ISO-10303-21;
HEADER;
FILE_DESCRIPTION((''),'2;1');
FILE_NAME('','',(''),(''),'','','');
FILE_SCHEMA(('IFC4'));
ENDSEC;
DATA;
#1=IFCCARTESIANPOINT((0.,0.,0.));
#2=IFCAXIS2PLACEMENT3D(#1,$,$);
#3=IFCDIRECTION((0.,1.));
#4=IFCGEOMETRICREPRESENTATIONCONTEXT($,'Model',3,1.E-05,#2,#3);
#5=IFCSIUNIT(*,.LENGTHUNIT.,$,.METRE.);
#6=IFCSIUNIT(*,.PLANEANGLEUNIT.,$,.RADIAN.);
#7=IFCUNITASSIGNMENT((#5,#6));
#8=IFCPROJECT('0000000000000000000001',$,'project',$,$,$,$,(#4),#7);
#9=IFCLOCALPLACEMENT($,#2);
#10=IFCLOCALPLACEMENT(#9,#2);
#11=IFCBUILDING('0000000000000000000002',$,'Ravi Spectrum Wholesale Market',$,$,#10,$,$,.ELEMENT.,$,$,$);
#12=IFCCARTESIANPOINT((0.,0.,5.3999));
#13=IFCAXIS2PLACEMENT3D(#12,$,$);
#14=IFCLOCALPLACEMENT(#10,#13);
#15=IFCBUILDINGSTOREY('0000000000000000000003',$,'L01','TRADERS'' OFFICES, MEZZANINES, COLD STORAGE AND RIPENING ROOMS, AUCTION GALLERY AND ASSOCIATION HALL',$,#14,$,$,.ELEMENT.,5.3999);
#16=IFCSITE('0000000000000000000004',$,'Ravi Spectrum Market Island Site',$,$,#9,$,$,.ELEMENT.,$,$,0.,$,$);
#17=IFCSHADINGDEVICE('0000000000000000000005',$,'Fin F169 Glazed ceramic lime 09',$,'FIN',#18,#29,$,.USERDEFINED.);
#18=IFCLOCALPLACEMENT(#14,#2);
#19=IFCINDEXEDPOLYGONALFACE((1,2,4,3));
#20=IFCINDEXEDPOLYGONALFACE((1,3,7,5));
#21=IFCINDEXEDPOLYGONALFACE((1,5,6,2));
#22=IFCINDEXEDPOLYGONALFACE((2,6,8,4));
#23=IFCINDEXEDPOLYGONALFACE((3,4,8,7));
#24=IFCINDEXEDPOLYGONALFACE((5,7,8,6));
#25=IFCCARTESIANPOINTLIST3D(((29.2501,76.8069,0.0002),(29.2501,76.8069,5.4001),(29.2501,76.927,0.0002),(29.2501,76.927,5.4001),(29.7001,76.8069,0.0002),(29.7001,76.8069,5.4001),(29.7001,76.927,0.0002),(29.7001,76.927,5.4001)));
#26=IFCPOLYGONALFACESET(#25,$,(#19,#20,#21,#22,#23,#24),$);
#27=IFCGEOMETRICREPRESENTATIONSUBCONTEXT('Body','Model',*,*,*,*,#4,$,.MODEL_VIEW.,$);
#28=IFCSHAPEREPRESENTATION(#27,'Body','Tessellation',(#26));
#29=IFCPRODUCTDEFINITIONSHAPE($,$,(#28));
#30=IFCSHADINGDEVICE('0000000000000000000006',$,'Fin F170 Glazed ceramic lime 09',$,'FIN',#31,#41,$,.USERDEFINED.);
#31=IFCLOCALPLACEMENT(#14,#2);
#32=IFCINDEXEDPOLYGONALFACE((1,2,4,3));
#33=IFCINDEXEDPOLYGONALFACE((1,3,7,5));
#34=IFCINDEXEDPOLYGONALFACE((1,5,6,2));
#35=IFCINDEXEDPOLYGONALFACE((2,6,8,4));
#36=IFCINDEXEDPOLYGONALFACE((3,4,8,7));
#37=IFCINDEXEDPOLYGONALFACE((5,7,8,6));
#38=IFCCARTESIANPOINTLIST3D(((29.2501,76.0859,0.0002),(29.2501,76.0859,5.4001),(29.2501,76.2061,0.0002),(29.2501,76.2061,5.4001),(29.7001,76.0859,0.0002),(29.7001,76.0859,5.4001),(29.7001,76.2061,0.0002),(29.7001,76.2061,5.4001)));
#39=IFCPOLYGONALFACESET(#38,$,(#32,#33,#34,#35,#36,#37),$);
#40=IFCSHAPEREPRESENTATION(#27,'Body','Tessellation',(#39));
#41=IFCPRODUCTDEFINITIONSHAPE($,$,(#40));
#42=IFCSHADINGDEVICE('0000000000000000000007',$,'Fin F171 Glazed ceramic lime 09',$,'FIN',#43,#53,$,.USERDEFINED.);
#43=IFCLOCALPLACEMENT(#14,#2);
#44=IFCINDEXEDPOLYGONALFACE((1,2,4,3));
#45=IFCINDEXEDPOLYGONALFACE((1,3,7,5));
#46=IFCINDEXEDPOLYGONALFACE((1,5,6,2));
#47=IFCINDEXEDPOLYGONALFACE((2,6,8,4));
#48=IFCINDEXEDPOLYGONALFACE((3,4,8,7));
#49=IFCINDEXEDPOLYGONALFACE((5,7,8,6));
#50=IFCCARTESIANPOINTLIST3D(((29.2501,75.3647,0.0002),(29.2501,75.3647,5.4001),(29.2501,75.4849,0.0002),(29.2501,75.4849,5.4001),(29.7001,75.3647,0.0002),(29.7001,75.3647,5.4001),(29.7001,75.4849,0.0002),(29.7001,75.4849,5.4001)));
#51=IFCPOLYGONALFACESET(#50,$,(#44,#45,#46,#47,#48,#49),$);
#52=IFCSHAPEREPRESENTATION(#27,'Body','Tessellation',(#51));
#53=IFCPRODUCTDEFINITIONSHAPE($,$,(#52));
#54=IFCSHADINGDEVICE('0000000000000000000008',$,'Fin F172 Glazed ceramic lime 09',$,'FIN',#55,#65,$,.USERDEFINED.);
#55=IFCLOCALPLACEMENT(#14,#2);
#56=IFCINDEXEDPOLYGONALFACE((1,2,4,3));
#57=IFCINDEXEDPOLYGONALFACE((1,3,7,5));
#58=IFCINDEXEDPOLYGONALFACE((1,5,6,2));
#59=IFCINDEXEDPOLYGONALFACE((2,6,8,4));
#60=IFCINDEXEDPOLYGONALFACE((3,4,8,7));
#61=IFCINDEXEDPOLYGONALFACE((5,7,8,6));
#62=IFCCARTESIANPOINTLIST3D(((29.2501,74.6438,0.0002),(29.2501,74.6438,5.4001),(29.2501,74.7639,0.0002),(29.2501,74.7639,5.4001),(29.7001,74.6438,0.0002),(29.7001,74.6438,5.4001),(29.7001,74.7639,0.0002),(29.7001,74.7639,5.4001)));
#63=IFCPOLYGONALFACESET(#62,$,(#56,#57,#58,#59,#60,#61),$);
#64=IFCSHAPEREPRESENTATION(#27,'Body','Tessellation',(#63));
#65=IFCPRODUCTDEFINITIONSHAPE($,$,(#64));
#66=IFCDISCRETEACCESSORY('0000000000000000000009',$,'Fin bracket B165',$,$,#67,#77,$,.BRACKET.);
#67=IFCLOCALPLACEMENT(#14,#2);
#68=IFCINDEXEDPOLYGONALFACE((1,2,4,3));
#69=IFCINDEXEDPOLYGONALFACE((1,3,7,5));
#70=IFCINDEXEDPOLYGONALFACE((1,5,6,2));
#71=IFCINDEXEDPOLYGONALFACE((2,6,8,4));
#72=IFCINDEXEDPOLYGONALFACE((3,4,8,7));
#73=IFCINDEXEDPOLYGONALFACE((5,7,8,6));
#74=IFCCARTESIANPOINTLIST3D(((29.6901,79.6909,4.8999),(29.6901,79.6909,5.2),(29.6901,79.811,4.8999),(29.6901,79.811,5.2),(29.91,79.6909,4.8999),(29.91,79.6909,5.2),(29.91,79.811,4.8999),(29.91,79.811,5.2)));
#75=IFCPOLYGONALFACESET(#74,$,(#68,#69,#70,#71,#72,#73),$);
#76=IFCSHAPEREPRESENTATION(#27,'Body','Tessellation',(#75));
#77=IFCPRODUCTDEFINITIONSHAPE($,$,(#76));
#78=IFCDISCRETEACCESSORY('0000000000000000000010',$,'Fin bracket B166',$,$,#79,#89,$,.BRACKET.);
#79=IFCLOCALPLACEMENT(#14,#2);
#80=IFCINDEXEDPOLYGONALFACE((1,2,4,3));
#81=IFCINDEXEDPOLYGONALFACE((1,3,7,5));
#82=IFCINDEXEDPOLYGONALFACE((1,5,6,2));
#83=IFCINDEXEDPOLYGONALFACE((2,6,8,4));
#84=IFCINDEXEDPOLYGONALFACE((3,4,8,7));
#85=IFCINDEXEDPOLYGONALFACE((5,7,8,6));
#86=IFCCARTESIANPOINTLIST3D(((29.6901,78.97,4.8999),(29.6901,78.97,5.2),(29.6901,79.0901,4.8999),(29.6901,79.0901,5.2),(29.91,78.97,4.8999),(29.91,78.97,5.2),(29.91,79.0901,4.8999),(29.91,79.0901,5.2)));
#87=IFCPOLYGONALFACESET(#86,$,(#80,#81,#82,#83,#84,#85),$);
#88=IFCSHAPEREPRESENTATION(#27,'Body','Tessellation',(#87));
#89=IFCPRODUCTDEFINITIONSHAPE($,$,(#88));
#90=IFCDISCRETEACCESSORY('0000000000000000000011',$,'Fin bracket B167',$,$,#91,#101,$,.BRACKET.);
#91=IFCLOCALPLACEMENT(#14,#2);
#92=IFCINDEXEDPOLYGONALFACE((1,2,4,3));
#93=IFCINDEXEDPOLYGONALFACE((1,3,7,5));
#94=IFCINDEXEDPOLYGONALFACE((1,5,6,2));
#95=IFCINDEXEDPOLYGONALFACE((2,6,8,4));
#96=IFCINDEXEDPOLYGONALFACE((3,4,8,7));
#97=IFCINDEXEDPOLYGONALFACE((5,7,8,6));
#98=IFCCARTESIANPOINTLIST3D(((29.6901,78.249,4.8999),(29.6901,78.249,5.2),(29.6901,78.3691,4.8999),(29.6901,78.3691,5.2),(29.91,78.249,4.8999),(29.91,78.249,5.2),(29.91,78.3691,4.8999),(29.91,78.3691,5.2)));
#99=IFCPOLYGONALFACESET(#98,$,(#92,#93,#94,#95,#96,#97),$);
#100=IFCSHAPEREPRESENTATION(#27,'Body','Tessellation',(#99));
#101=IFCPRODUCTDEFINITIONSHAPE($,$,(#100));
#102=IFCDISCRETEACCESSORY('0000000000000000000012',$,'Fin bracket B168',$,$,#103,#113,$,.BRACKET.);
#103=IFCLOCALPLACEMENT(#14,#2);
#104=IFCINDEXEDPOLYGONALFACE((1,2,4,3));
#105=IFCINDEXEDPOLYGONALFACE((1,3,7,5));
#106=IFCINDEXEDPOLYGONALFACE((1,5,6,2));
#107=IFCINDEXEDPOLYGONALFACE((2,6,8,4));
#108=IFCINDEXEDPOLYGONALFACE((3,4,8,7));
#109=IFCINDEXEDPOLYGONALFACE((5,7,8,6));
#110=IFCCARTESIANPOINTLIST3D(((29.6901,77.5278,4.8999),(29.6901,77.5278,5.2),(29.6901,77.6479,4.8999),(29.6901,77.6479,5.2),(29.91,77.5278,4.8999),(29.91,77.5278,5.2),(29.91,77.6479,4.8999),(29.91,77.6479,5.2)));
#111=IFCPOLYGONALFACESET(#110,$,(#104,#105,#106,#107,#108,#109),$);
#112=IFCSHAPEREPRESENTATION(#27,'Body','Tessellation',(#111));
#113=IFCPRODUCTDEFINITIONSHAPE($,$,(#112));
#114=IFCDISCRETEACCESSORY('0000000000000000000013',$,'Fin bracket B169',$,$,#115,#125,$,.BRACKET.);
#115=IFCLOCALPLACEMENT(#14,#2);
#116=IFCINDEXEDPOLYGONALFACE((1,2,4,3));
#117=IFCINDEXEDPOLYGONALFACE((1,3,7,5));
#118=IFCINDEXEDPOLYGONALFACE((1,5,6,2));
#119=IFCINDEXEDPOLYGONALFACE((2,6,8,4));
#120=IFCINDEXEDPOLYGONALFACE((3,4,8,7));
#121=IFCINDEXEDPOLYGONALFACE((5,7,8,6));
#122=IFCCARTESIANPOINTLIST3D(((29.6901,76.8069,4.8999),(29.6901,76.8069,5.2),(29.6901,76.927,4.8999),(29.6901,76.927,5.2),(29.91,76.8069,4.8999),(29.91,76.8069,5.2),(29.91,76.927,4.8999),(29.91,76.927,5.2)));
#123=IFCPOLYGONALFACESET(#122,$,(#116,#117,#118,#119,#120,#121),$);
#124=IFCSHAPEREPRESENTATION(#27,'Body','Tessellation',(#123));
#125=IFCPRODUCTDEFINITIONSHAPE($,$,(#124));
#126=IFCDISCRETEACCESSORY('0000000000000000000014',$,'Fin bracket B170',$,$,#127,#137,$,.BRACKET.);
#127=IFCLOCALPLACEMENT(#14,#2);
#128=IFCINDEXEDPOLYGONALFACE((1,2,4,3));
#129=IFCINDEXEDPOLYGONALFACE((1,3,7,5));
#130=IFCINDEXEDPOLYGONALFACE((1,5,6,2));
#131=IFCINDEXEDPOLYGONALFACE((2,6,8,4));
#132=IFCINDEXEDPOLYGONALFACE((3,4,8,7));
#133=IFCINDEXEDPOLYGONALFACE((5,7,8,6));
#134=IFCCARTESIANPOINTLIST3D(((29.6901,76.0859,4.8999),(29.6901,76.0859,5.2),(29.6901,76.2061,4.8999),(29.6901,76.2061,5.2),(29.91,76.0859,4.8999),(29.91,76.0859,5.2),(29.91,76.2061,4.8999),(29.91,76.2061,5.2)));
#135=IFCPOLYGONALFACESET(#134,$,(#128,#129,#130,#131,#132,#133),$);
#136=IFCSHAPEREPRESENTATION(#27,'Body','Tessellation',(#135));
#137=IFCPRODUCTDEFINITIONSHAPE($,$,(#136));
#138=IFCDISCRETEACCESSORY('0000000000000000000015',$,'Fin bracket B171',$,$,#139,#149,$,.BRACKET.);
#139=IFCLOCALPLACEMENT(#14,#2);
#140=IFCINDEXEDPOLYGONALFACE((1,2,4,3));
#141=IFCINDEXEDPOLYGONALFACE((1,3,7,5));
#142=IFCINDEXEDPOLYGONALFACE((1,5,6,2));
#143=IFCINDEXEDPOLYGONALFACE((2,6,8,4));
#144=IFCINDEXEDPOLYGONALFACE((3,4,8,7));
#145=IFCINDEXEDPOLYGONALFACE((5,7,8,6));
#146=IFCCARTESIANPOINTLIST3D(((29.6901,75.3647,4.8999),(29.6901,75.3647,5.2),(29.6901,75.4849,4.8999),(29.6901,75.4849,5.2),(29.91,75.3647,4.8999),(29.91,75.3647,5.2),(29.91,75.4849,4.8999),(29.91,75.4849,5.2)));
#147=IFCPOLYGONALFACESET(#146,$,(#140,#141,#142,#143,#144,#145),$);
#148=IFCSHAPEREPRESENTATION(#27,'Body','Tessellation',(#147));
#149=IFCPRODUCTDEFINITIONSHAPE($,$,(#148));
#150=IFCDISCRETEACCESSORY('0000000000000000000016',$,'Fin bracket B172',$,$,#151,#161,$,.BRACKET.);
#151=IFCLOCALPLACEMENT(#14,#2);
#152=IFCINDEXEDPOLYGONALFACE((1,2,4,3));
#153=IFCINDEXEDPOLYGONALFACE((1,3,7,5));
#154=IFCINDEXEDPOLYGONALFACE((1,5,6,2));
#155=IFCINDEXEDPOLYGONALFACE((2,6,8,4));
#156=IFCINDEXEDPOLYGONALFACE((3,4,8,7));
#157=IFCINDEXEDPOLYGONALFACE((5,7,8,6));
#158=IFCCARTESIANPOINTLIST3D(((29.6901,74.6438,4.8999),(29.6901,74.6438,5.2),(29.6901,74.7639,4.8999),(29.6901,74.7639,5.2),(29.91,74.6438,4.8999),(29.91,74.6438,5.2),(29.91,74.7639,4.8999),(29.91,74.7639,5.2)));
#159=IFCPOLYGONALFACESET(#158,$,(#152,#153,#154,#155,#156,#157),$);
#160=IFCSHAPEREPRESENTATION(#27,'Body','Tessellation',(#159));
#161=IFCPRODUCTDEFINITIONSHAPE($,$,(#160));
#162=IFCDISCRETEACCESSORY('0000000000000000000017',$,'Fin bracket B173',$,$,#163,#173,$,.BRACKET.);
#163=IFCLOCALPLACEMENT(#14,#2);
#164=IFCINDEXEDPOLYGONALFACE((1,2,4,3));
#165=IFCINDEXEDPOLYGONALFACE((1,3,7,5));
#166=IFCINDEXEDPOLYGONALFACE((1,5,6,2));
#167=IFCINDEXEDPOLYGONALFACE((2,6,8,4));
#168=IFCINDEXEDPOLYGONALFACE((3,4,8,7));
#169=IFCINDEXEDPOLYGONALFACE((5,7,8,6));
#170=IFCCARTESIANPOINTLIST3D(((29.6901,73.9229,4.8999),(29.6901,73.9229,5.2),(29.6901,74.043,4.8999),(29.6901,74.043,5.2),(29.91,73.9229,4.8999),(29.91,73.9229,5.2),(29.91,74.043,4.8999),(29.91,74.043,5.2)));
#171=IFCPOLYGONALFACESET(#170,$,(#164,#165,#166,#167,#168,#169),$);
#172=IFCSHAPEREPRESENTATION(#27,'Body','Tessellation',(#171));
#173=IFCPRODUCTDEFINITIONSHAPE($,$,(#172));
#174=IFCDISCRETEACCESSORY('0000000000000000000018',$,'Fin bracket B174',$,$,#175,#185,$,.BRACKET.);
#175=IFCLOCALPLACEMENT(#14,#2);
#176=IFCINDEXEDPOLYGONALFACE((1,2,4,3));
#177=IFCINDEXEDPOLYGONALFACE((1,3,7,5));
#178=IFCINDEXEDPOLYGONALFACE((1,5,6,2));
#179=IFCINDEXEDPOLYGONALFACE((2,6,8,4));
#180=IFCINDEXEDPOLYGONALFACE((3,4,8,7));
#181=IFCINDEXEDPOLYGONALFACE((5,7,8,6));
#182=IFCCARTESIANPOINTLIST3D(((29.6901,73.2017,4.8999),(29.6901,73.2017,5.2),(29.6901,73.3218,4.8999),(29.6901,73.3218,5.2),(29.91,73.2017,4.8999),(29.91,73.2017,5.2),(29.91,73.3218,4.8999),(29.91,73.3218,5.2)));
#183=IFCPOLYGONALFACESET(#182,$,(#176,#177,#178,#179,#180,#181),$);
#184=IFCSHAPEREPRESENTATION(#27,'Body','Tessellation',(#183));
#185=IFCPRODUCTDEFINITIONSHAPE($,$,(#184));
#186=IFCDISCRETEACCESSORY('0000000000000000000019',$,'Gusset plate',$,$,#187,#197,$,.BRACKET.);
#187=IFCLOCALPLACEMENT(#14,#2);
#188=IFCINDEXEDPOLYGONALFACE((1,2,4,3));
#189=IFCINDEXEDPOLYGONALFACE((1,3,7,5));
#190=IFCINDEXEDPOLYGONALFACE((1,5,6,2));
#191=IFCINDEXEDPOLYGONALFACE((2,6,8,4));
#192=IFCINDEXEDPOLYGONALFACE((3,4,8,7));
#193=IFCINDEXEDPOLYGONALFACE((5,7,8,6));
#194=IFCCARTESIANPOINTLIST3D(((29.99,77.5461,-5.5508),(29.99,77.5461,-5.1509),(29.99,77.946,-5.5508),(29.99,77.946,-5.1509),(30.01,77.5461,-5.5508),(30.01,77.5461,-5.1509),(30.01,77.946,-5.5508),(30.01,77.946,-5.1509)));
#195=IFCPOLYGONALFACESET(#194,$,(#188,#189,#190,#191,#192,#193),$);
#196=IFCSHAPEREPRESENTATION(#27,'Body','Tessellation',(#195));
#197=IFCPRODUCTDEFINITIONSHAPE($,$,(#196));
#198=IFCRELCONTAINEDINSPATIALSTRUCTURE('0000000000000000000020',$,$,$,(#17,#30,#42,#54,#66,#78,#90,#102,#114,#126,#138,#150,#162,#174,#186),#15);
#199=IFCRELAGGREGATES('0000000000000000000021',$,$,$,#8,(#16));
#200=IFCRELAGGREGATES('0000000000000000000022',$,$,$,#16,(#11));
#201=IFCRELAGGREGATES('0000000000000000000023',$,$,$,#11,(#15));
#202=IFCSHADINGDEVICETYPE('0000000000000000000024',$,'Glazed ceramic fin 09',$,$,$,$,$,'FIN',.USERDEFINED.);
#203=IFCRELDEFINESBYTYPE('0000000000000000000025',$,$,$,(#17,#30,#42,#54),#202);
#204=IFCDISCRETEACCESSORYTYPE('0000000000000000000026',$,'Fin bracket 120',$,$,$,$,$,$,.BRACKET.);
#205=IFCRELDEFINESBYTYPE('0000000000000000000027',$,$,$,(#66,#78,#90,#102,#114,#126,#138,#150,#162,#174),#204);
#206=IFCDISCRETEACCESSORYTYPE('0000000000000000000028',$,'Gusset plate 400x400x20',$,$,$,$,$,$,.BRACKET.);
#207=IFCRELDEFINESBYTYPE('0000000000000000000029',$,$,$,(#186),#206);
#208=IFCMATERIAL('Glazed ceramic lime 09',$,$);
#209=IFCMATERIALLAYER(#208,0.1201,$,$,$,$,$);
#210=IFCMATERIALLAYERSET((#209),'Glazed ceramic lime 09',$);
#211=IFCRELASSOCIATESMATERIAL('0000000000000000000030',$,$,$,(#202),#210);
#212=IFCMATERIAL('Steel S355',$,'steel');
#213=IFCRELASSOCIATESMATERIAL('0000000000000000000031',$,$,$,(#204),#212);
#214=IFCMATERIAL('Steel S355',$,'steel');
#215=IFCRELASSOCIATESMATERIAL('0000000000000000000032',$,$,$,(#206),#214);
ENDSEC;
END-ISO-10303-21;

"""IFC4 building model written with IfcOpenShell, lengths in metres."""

from ifc_helpers import new_model, si_unit, direction, frame, origin, origin_2d, place, context, subcontext, project, spatial, rectangle, extrude, material, layer, layer_set, material_profile, profile_set, type_object, element, save


model = new_model("IFC4")

# Units and contexts
model_context = context("Model", 3, precision=1e-05, world=origin(), true_north=direction((0.0, 1.0)))
body_context = subcontext(model_context, "Body", "Model", "MODEL_VIEW")
ifc_project = project(units=[si_unit("LENGTHUNIT", "METRE"), si_unit("PLANEANGLEUNIT", "RADIAN")], contexts=[model_context])

# Site, building, storey
site_placement = place(None, origin())
site = spatial("IfcSite", under=ifc_project, at=site_placement, Name="Ravi Spectrum Market Island Site", CompositionType="ELEMENT", RefElevation=0.0)
building_placement = place(site_placement, origin())
building = spatial("IfcBuilding", under=site, at=building_placement, Name="Ravi Spectrum Wholesale Market", CompositionType="ELEMENT")
storey_placement = place(building_placement, frame((0.0, 0.0, 5.3999)))
storey = spatial("IfcBuildingStorey", under=building, at=storey_placement, Name="L01", Description="TRADERS' OFFICES, MEZZANINES, COLD STORAGE AND RIPENING ROOMS, AUCTION GALLERY AND ASSOCIATION HALL", CompositionType="ELEMENT", Elevation=5.3999)

# Shading devices
ifc_material_1 = material(Name="Glazed ceramic lime 09")
ifc_layer_1 = layer(ifc_material_1, 0.1201)
ifc_layer_set_1 = layer_set([ifc_layer_1], Name="Glazed ceramic lime 09")
shading_device_type_1 = type_object("IfcShadingDeviceType", Name="Glazed ceramic fin 09", ElementType="FIN", PredefinedType="USERDEFINED", material=ifc_layer_set_1)
for number, where, z_axis, x_axis, name in (
    (1, (29.4751, 76.8669, 0.0002), (0.0, 0.0, 1.0), (0.0, -1.0, 0.0), "Fin F169 Glazed ceramic lime 09"),
    (2, (29.4751, 76.146, 0.0002), (0.0, 0.0, 1.0), (0.0, -1.0, 0.0), "Fin F170 Glazed ceramic lime 09"),
    (3, (29.4751, 75.4248, 0.0002), (0.0, 0.0, 1.0), (0.0, -1.0, 0.0), "Fin F171 Glazed ceramic lime 09"),
    (4, (29.4751, 74.7039, 0.0002), (0.0, 0.0, 1.0), (0.0, -1.0, 0.0), "Fin F172 Glazed ceramic lime 09"),
):
    element("IfcShadingDevice", number, at=place(storey_placement, frame(where, z_axis=z_axis, x_axis=x_axis)), inside=storey, type_object=shading_device_type_1, Name=name, ObjectType="FIN", PredefinedType="USERDEFINED", context=body_context, shape_type="SweptSolid", body=[
        extrude(rectangle(XDim=0.1201, YDim=0.45, at=origin_2d()), origin(), (0.0, 0.0, 1.0), 5.3999),
    ])

# Discrete accessories
ifc_material_2 = material(Name="Steel S355", Category="steel")
discrete_accessory_type_1 = type_object("IfcDiscreteAccessoryType", Name="Fin bracket 120", PredefinedType="BRACKET", material=ifc_material_2)
for number, where, z_axis, x_axis, name in (
    (5, (29.8, 79.751, 4.8999), (0.0, 0.0, 1.0), (0.0, -1.0, 0.0), "Fin bracket B165"),
    (6, (29.8, 79.03, 4.8999), (0.0, 0.0, 1.0), (0.0, -1.0, 0.0), "Fin bracket B166"),
    (7, (29.8, 78.3091, 4.8999), (0.0, 0.0, 1.0), (0.0, -1.0, 0.0), "Fin bracket B167"),
    (8, (29.8, 77.5879, 4.8999), (0.0, 0.0, 1.0), (0.0, -1.0, 0.0), "Fin bracket B168"),
    (9, (29.8, 76.8669, 4.8999), (0.0, 0.0, 1.0), (0.0, -1.0, 0.0), "Fin bracket B169"),
    (10, (29.8, 76.146, 4.8999), (0.0, 0.0, 1.0), (0.0, -1.0, 0.0), "Fin bracket B170"),
    (11, (29.8, 75.4248, 4.8999), (0.0, 0.0, 1.0), (0.0, -1.0, 0.0), "Fin bracket B171"),
    (12, (29.8, 74.7039, 4.8999), (0.0, 0.0, 1.0), (0.0, -1.0, 0.0), "Fin bracket B172"),
    (13, (29.8, 73.9829, 4.8999), (0.0, 0.0, 1.0), (0.0, -1.0, 0.0), "Fin bracket B173"),
    (14, (29.8, 73.2617, 4.8999), (0.0, 0.0, 1.0), (0.0, -1.0, 0.0), "Fin bracket B174"),
):
    element("IfcDiscreteAccessory", number, at=place(storey_placement, frame(where, z_axis=z_axis, x_axis=x_axis)), inside=storey, type_object=discrete_accessory_type_1, Name=name, PredefinedType="BRACKET", context=body_context, shape_type="SweptSolid", body=[
        extrude(rectangle(XDim=0.1201, YDim=0.22, at=origin_2d()), origin(), (0.0, 0.0, 1.0), 0.3),
    ])
ifc_material_3 = material(Name="Steel S355", Category="steel")
ifc_material_profile_1 = material_profile(ifc_material_3, rectangle(XDim=0.3999, YDim=0.02, at=origin_2d()))
ifc_profile_set_1 = profile_set([ifc_material_profile_1], Name="Steel S355")
discrete_accessory_type_2 = type_object("IfcDiscreteAccessoryType", Name="Gusset plate 400x400x20", PredefinedType="BRACKET", material=ifc_profile_set_1)
discrete_accessory_placement = place(storey_placement, frame((30.0, 77.7461, -5.5508), z_axis=(0.0, 0.0, 1.0), x_axis=(0.0, -1.0, 0.0)))
element("IfcDiscreteAccessory", 15, at=discrete_accessory_placement, inside=storey, type_object=discrete_accessory_type_2, Name="Gusset plate", PredefinedType="BRACKET", context=body_context, shape_type="SweptSolid", body=[
    extrude(rectangle(XDim=0.3999, YDim=0.02, at=origin_2d()), origin(), (0.0, 0.0, 1.0), 0.3999),
])

save(model, "model.ifc")
